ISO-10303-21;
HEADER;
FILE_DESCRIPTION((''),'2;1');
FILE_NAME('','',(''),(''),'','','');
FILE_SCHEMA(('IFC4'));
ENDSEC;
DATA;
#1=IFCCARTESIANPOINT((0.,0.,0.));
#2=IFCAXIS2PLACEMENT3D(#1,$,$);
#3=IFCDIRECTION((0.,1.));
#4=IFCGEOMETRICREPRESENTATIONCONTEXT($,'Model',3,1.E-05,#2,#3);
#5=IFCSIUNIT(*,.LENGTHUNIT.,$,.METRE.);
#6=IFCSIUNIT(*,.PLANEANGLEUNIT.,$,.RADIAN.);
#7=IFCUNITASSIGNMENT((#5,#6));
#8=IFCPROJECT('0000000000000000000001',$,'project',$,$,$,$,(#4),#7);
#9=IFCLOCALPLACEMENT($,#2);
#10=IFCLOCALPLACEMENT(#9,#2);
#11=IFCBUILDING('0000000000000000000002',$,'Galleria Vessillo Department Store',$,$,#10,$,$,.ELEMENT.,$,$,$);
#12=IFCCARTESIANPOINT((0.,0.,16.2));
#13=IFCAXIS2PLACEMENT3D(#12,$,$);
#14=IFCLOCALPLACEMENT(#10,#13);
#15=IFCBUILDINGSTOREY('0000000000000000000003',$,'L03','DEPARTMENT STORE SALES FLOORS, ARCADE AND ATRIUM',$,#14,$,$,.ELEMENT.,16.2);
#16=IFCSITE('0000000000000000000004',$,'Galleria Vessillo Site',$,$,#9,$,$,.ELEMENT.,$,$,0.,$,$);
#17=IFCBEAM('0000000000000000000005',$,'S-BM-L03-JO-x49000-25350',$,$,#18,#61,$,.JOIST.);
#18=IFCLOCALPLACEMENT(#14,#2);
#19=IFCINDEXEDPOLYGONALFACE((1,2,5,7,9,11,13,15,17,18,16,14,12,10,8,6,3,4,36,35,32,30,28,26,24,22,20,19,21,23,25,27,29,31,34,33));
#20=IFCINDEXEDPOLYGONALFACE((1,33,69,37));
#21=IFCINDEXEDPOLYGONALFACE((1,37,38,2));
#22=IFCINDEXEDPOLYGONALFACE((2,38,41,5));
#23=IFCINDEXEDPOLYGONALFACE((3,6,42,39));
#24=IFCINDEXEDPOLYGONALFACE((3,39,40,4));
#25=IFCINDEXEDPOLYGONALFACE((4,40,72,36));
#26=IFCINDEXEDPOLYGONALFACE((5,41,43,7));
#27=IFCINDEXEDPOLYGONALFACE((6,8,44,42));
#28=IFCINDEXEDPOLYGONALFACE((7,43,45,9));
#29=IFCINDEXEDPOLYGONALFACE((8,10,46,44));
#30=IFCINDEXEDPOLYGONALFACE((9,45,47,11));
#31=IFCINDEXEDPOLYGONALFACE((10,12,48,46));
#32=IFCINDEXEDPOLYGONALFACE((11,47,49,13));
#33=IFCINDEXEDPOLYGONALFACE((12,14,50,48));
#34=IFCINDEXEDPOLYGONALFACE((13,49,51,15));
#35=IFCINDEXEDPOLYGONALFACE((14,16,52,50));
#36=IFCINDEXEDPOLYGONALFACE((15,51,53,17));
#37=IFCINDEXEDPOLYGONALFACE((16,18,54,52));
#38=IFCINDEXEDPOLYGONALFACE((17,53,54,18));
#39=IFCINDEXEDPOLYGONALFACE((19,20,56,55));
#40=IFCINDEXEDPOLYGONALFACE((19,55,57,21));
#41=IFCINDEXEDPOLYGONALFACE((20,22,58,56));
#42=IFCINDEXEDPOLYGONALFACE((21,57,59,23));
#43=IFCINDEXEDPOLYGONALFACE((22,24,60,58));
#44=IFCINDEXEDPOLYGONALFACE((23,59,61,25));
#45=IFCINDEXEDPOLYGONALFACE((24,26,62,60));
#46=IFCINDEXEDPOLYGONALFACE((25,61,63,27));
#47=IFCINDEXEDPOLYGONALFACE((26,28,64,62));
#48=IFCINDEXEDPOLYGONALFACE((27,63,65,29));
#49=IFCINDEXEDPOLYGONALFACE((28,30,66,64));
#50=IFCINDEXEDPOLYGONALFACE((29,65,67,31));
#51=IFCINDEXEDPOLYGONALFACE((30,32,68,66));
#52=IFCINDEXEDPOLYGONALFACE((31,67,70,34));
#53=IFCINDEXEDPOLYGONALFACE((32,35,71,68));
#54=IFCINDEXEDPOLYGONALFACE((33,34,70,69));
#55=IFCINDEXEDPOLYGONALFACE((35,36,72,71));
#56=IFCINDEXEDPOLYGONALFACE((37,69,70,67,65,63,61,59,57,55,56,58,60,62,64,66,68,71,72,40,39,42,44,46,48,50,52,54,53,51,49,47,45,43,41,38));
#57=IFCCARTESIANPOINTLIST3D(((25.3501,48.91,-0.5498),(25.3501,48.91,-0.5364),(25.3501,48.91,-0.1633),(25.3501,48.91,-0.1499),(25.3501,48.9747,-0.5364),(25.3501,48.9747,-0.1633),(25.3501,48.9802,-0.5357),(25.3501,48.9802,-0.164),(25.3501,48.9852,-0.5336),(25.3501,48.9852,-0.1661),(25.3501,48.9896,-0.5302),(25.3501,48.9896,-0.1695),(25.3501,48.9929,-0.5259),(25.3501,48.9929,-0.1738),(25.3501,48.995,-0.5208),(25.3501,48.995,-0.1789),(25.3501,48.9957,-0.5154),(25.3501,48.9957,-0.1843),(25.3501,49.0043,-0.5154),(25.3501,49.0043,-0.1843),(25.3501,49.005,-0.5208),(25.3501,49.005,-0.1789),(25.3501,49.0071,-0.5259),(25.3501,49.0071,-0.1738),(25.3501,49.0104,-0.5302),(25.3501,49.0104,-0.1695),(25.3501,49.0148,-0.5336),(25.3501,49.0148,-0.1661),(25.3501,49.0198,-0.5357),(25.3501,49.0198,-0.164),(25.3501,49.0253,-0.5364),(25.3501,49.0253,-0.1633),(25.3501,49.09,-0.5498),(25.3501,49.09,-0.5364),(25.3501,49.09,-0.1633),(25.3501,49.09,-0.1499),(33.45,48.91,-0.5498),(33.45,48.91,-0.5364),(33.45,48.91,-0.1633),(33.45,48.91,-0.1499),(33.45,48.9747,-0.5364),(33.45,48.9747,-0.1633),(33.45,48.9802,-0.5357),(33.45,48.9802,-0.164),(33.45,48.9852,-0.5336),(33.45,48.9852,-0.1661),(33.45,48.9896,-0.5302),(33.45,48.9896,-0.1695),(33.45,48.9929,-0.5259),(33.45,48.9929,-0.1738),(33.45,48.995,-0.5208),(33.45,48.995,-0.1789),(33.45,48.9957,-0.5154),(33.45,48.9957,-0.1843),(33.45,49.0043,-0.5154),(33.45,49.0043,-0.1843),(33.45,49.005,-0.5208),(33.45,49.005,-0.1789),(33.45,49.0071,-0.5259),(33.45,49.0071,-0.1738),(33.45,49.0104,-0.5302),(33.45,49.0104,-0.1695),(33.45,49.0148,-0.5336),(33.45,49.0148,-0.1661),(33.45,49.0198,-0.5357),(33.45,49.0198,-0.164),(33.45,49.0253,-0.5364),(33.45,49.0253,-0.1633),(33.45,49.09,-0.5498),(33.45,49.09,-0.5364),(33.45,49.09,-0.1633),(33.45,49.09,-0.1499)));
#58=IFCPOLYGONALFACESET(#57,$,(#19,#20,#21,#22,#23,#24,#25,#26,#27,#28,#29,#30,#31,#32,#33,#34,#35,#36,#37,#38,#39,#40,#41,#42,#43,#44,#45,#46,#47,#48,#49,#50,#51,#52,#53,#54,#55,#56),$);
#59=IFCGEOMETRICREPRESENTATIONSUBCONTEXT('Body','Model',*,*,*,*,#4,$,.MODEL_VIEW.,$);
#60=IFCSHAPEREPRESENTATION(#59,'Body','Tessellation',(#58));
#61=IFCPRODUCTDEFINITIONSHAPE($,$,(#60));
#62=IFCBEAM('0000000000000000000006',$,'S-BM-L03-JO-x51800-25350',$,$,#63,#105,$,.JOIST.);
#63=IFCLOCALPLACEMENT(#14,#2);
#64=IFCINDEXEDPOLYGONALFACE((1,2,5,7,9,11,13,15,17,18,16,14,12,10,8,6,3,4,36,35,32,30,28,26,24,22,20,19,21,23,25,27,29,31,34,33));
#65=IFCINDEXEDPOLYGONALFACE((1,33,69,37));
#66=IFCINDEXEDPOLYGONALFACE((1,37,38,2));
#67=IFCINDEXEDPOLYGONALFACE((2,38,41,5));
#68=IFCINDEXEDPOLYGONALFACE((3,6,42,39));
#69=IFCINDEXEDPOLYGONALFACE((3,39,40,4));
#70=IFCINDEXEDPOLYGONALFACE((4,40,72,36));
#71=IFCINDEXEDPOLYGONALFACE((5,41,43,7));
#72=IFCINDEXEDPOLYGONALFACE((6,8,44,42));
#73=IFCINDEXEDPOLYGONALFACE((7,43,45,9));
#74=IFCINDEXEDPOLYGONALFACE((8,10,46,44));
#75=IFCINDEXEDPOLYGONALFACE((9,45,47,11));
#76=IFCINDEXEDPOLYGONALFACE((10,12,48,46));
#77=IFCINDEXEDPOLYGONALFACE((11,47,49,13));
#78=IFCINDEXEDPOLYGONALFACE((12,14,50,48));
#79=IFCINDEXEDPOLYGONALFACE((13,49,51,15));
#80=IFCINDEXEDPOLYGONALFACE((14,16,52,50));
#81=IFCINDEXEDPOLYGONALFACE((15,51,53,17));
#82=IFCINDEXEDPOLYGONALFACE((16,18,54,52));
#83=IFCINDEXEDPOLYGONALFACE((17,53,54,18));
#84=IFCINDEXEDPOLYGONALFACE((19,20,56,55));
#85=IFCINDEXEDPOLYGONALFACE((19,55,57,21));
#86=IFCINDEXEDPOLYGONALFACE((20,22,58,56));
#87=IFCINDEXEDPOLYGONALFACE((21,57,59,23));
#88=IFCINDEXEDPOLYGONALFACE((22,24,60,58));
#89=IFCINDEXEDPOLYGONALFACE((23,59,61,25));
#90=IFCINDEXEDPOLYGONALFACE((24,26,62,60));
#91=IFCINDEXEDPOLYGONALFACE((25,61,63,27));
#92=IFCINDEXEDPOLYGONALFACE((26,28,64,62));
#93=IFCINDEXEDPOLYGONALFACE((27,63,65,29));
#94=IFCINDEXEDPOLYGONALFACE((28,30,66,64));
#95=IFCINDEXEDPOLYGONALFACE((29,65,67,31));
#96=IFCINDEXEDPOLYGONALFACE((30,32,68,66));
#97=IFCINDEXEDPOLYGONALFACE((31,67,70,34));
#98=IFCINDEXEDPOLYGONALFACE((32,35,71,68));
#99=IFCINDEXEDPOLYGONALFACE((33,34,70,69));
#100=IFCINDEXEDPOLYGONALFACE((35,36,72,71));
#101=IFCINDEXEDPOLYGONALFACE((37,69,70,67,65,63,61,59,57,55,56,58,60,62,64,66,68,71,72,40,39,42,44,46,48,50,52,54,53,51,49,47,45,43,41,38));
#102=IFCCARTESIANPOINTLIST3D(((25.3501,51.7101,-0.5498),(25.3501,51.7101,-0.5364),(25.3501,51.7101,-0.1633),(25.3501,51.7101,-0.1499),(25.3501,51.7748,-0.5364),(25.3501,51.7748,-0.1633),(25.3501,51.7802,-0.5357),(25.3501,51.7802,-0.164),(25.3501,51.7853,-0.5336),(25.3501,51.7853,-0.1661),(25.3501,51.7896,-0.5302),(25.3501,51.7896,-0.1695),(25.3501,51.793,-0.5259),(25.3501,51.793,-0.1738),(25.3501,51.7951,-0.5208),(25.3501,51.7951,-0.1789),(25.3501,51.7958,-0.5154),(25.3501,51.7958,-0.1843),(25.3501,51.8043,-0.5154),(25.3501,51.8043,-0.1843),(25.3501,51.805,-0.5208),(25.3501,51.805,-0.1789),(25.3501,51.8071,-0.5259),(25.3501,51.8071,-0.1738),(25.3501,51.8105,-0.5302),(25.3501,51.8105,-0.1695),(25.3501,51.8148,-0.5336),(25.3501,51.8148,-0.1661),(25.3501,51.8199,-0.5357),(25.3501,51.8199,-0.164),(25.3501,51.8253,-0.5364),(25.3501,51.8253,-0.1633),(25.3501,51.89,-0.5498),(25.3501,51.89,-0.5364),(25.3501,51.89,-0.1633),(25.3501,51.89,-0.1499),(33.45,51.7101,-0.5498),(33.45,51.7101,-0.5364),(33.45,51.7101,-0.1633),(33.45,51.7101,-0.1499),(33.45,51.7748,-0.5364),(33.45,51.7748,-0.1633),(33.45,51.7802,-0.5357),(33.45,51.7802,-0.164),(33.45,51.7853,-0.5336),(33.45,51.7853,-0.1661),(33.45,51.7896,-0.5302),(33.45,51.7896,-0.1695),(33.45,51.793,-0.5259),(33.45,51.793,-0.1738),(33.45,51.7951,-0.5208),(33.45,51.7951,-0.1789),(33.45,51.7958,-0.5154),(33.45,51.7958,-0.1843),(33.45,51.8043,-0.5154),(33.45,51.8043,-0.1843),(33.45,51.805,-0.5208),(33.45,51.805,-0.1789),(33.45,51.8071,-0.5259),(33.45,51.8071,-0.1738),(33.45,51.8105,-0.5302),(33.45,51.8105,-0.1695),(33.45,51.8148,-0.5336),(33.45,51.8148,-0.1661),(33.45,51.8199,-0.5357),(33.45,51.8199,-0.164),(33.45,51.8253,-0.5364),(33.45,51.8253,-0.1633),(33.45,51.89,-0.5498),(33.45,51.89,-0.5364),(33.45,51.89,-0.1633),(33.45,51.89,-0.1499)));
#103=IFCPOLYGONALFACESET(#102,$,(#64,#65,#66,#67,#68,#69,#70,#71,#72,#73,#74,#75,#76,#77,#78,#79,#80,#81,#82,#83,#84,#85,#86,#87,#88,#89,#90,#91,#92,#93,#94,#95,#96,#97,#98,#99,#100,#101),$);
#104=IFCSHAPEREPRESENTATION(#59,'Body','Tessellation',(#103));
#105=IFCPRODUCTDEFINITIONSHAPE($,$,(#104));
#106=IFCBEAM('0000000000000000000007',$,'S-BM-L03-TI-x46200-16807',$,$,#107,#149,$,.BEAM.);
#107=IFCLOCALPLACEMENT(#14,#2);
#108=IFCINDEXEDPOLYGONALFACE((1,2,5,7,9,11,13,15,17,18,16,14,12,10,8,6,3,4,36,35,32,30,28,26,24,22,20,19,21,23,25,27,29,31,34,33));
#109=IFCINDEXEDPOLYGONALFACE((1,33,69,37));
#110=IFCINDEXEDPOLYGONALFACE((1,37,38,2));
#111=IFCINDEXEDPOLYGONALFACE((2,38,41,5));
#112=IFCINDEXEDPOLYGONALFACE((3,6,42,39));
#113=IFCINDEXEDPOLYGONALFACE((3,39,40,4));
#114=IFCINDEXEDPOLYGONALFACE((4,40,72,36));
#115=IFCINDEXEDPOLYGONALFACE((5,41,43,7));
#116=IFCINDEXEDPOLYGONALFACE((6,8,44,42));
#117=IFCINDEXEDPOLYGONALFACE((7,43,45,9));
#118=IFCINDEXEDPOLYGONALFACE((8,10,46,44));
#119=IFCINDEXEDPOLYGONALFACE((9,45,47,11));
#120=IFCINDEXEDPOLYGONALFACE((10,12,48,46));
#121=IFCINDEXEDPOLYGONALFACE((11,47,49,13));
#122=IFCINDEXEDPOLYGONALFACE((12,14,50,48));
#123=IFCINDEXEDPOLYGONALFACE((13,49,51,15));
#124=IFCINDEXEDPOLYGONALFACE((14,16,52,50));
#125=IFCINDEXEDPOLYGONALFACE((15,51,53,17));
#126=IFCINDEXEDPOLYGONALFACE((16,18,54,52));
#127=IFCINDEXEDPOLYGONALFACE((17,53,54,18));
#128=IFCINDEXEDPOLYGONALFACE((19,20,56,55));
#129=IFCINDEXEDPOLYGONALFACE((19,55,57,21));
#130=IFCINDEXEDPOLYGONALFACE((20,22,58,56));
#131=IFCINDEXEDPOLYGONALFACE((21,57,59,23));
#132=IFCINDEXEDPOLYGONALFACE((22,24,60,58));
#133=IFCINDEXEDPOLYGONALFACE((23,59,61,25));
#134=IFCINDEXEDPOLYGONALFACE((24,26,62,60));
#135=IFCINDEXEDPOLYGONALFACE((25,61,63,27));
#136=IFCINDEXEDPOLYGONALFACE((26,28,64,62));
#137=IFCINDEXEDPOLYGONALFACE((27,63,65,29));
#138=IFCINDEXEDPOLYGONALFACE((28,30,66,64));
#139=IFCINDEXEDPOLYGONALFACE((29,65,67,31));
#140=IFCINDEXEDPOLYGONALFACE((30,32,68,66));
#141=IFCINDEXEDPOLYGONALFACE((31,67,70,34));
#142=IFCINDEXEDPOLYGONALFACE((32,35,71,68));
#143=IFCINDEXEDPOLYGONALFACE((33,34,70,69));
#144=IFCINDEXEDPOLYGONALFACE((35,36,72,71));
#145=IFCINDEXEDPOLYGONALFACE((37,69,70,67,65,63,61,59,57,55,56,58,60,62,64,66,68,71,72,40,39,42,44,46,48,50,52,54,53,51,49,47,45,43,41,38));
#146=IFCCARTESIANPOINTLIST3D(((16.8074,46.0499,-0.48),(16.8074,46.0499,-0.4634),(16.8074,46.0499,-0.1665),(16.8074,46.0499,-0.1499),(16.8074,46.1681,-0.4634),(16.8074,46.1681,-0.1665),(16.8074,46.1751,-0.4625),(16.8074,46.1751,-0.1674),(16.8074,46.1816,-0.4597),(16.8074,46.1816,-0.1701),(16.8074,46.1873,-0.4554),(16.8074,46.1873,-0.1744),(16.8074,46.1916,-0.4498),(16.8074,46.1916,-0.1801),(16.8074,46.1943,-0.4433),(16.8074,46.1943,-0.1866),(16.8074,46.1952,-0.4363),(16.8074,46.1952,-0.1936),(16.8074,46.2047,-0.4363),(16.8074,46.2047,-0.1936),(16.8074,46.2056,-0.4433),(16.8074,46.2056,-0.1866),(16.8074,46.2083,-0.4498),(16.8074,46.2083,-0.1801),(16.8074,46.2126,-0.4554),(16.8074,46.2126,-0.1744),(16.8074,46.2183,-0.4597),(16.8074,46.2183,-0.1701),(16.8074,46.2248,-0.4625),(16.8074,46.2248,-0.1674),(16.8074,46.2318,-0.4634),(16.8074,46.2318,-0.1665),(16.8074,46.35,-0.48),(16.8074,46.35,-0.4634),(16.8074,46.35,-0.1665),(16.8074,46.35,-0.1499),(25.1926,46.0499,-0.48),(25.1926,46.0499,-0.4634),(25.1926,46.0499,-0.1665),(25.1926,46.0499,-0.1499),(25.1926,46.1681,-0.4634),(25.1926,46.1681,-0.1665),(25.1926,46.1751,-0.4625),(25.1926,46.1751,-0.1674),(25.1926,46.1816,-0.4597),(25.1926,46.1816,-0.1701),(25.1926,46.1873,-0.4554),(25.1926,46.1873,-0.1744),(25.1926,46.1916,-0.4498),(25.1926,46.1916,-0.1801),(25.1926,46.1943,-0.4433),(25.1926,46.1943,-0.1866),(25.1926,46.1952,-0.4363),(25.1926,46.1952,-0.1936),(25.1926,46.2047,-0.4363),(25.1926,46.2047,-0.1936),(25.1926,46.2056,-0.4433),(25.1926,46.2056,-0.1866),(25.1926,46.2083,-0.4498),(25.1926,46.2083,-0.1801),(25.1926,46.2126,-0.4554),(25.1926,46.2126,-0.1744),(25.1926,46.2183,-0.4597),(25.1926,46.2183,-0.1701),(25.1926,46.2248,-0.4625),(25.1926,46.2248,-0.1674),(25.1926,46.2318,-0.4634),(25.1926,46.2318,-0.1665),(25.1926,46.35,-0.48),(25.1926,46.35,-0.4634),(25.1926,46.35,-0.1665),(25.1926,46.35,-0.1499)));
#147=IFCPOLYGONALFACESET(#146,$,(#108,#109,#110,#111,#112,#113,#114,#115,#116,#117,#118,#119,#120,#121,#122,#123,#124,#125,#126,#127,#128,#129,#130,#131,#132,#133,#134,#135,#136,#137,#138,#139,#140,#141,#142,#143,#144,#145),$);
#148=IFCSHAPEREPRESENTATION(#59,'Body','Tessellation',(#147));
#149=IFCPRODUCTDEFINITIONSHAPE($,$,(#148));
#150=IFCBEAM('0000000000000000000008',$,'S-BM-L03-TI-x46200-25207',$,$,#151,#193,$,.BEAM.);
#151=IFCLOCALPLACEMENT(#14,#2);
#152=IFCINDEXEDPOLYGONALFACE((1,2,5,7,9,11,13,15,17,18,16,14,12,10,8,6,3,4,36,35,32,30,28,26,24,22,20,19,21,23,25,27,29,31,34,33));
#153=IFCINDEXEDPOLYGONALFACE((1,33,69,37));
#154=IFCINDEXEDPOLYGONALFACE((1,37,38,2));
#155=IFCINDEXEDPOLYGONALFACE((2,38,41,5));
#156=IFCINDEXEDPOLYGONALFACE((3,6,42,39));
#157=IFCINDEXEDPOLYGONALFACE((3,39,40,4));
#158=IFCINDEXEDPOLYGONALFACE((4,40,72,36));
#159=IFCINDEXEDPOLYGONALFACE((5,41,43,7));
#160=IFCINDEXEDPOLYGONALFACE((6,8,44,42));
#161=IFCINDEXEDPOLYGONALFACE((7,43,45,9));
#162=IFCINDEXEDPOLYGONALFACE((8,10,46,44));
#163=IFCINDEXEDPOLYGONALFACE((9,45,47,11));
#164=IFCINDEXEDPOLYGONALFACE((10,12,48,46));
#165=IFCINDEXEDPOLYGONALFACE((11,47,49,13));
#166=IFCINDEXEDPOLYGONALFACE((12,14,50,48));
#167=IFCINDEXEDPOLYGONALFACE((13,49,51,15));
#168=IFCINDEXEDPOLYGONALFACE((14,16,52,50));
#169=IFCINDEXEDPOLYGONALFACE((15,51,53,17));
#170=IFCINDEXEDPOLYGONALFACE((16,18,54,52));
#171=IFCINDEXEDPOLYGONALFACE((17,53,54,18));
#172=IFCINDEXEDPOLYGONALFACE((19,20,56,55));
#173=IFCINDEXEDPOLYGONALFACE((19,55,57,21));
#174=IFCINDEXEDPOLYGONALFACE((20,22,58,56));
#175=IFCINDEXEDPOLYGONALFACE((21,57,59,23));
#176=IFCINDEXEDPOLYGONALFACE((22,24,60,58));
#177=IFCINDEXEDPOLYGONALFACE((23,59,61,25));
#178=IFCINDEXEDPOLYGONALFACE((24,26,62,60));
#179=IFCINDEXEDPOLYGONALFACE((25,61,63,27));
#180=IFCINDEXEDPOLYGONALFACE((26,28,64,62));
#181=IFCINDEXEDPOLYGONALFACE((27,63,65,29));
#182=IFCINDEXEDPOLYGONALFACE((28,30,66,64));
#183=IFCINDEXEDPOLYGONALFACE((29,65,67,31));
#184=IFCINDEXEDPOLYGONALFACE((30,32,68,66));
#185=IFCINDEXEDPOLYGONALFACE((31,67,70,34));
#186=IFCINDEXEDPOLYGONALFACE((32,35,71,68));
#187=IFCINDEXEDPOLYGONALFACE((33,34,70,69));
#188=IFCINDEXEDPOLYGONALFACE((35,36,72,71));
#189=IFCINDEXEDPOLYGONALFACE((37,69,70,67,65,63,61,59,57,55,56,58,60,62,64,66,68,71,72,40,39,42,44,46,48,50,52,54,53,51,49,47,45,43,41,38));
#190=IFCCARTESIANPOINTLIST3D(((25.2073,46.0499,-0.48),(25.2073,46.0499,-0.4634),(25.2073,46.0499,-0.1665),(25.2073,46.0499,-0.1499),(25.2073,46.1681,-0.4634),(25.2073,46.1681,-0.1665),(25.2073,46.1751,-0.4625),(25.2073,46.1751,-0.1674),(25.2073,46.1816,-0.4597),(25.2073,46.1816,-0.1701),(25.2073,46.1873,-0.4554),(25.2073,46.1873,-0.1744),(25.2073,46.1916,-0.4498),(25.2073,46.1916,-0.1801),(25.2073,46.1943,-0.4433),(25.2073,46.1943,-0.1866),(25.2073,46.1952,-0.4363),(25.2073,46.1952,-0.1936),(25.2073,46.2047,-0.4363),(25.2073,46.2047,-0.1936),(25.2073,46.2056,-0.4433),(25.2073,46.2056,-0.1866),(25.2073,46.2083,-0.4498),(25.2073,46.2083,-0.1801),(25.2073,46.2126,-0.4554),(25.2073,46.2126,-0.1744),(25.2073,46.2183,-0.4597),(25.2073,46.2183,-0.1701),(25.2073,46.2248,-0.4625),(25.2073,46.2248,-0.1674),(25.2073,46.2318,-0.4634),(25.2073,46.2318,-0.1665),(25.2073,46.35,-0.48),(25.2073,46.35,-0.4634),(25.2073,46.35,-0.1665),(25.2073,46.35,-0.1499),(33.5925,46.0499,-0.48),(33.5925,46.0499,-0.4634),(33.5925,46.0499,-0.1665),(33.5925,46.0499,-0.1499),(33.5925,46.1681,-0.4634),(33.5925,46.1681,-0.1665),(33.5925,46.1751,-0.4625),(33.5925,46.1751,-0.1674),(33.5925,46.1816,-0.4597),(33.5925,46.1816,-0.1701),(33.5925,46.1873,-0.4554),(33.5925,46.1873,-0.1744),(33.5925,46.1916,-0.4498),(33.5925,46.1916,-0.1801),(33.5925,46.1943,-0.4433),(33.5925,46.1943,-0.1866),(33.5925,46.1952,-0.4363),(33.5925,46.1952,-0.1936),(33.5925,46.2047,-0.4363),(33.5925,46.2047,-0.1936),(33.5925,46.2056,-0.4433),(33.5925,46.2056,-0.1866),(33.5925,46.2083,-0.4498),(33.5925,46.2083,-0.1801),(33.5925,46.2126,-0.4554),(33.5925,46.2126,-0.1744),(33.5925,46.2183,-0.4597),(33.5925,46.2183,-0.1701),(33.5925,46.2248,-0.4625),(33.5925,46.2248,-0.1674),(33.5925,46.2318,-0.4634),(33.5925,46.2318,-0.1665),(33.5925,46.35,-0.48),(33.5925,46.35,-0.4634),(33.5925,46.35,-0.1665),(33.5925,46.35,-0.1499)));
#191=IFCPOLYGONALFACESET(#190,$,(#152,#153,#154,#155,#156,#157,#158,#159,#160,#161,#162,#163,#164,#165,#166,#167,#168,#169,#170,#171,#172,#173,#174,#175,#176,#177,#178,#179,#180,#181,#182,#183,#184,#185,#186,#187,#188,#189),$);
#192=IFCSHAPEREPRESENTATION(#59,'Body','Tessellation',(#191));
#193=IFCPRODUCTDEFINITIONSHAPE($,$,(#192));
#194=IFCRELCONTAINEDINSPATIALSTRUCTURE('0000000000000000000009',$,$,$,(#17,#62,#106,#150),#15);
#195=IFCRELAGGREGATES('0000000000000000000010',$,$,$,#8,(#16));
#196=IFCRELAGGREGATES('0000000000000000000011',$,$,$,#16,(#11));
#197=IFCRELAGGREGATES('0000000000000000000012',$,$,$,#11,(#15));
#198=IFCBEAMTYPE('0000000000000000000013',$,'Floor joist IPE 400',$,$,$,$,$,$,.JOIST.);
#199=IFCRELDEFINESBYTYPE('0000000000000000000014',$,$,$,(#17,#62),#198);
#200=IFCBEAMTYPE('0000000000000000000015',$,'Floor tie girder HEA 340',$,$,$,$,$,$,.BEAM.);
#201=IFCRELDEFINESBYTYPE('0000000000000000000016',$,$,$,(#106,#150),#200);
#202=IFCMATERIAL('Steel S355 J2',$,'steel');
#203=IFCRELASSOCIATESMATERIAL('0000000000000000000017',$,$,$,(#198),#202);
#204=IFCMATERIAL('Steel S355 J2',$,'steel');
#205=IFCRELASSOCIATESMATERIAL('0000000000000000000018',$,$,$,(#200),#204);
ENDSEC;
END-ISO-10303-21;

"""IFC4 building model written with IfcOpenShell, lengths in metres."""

from ifc_helpers import new_model, si_unit, direction, frame, origin, origin_2d, place, context, subcontext, project, spatial, i_section, extrude, material, material_profile, profile_set, type_object, element, save


model = new_model("IFC4")

# Units and contexts
model_context = context("Model", 3, precision=1e-05, world=origin(), true_north=direction((0.0, 1.0)))
body_context = subcontext(model_context, "Body", "Model", "MODEL_VIEW")
ifc_project = project(units=[si_unit("LENGTHUNIT", "METRE"), si_unit("PLANEANGLEUNIT", "RADIAN")], contexts=[model_context])

# Site, building, storey
site_placement = place(None, origin())
site = spatial("IfcSite", under=ifc_project, at=site_placement, Name="Galleria Vessillo Site", CompositionType="ELEMENT", RefElevation=0.0)
building_placement = place(site_placement, origin())
building = spatial("IfcBuilding", under=site, at=building_placement, Name="Galleria Vessillo Department Store", CompositionType="ELEMENT")
storey_placement = place(building_placement, frame((0.0, 0.0, 16.2)))
storey = spatial("IfcBuildingStorey", under=building, at=storey_placement, Name="L03", Description="DEPARTMENT STORE SALES FLOORS, ARCADE AND ATRIUM", CompositionType="ELEMENT", Elevation=16.2)

# Beams
ifc_material_1 = material(Name="Steel S355 J2", Category="steel")
ifc_material_profile_1 = material_profile(ifc_material_1, i_section(OverallWidth=0.1799, OverallDepth=0.3999, WebThickness=0.0085, FlangeThickness=0.0134, FilletRadius=0.021, at=origin_2d()), Name="IPE 400")
ifc_profile_set_1 = profile_set([ifc_material_profile_1], Name="Steel S355 J2")
beam_type_1 = type_object("IfcBeamType", Name="Floor joist IPE 400", PredefinedType="JOIST", material=ifc_profile_set_1)
for number, where, z_axis, x_axis, name in (
    (1, (25.3501, 49.0, -0.3499), (1.0, 0.0, 0.0), (0.0, 1.0, 0.0), "S-BM-L03-JO-x49000-25350"),
    (2, (25.3501, 51.8, -0.3499), (1.0, 0.0, 0.0), (0.0, 1.0, 0.0), "S-BM-L03-JO-x51800-25350"),
):
    element("IfcBeam", number, at=place(storey_placement, frame(where, z_axis=z_axis, x_axis=x_axis)), inside=storey, type_object=beam_type_1, Name=name, PredefinedType="JOIST", context=body_context, shape_type="SweptSolid", body=[
        extrude(i_section(OverallWidth=0.1799, OverallDepth=0.3999, WebThickness=0.0085, FlangeThickness=0.0134, FilletRadius=0.021, at=origin_2d()), origin(), (0.0, 0.0, 1.0), 8.0999),
    ])
ifc_material_2 = material(Name="Steel S355 J2", Category="steel")
ifc_material_profile_2 = material_profile(ifc_material_2, i_section(OverallWidth=0.3, OverallDepth=0.3301, WebThickness=0.0095, FlangeThickness=0.0166, FilletRadius=0.0271, at=origin_2d()), Name="HEA 340")
ifc_profile_set_2 = profile_set([ifc_material_profile_2], Name="Steel S355 J2")
beam_type_2 = type_object("IfcBeamType", Name="Floor tie girder HEA 340", PredefinedType="BEAM", material=ifc_profile_set_2)
for number, where, z_axis, x_axis, name in (
    (3, (16.8074, 46.2, -0.3149), (1.0, 0.0, 0.0), (0.0, 1.0, 0.0), "S-BM-L03-TI-x46200-16807"),
    (4, (25.2073, 46.2, -0.3149), (1.0, 0.0, 0.0), (0.0, 1.0, 0.0), "S-BM-L03-TI-x46200-25207"),
):
    element("IfcBeam", number, at=place(storey_placement, frame(where, z_axis=z_axis, x_axis=x_axis)), inside=storey, type_object=beam_type_2, Name=name, PredefinedType="BEAM", context=body_context, shape_type="SweptSolid", body=[
        extrude(i_section(OverallWidth=0.3, OverallDepth=0.3301, WebThickness=0.0095, FlangeThickness=0.0166, FilletRadius=0.0271, at=origin_2d()), origin(), (0.0, 0.0, 1.0), 8.3853),
    ])

save(model, "model.ifc")
